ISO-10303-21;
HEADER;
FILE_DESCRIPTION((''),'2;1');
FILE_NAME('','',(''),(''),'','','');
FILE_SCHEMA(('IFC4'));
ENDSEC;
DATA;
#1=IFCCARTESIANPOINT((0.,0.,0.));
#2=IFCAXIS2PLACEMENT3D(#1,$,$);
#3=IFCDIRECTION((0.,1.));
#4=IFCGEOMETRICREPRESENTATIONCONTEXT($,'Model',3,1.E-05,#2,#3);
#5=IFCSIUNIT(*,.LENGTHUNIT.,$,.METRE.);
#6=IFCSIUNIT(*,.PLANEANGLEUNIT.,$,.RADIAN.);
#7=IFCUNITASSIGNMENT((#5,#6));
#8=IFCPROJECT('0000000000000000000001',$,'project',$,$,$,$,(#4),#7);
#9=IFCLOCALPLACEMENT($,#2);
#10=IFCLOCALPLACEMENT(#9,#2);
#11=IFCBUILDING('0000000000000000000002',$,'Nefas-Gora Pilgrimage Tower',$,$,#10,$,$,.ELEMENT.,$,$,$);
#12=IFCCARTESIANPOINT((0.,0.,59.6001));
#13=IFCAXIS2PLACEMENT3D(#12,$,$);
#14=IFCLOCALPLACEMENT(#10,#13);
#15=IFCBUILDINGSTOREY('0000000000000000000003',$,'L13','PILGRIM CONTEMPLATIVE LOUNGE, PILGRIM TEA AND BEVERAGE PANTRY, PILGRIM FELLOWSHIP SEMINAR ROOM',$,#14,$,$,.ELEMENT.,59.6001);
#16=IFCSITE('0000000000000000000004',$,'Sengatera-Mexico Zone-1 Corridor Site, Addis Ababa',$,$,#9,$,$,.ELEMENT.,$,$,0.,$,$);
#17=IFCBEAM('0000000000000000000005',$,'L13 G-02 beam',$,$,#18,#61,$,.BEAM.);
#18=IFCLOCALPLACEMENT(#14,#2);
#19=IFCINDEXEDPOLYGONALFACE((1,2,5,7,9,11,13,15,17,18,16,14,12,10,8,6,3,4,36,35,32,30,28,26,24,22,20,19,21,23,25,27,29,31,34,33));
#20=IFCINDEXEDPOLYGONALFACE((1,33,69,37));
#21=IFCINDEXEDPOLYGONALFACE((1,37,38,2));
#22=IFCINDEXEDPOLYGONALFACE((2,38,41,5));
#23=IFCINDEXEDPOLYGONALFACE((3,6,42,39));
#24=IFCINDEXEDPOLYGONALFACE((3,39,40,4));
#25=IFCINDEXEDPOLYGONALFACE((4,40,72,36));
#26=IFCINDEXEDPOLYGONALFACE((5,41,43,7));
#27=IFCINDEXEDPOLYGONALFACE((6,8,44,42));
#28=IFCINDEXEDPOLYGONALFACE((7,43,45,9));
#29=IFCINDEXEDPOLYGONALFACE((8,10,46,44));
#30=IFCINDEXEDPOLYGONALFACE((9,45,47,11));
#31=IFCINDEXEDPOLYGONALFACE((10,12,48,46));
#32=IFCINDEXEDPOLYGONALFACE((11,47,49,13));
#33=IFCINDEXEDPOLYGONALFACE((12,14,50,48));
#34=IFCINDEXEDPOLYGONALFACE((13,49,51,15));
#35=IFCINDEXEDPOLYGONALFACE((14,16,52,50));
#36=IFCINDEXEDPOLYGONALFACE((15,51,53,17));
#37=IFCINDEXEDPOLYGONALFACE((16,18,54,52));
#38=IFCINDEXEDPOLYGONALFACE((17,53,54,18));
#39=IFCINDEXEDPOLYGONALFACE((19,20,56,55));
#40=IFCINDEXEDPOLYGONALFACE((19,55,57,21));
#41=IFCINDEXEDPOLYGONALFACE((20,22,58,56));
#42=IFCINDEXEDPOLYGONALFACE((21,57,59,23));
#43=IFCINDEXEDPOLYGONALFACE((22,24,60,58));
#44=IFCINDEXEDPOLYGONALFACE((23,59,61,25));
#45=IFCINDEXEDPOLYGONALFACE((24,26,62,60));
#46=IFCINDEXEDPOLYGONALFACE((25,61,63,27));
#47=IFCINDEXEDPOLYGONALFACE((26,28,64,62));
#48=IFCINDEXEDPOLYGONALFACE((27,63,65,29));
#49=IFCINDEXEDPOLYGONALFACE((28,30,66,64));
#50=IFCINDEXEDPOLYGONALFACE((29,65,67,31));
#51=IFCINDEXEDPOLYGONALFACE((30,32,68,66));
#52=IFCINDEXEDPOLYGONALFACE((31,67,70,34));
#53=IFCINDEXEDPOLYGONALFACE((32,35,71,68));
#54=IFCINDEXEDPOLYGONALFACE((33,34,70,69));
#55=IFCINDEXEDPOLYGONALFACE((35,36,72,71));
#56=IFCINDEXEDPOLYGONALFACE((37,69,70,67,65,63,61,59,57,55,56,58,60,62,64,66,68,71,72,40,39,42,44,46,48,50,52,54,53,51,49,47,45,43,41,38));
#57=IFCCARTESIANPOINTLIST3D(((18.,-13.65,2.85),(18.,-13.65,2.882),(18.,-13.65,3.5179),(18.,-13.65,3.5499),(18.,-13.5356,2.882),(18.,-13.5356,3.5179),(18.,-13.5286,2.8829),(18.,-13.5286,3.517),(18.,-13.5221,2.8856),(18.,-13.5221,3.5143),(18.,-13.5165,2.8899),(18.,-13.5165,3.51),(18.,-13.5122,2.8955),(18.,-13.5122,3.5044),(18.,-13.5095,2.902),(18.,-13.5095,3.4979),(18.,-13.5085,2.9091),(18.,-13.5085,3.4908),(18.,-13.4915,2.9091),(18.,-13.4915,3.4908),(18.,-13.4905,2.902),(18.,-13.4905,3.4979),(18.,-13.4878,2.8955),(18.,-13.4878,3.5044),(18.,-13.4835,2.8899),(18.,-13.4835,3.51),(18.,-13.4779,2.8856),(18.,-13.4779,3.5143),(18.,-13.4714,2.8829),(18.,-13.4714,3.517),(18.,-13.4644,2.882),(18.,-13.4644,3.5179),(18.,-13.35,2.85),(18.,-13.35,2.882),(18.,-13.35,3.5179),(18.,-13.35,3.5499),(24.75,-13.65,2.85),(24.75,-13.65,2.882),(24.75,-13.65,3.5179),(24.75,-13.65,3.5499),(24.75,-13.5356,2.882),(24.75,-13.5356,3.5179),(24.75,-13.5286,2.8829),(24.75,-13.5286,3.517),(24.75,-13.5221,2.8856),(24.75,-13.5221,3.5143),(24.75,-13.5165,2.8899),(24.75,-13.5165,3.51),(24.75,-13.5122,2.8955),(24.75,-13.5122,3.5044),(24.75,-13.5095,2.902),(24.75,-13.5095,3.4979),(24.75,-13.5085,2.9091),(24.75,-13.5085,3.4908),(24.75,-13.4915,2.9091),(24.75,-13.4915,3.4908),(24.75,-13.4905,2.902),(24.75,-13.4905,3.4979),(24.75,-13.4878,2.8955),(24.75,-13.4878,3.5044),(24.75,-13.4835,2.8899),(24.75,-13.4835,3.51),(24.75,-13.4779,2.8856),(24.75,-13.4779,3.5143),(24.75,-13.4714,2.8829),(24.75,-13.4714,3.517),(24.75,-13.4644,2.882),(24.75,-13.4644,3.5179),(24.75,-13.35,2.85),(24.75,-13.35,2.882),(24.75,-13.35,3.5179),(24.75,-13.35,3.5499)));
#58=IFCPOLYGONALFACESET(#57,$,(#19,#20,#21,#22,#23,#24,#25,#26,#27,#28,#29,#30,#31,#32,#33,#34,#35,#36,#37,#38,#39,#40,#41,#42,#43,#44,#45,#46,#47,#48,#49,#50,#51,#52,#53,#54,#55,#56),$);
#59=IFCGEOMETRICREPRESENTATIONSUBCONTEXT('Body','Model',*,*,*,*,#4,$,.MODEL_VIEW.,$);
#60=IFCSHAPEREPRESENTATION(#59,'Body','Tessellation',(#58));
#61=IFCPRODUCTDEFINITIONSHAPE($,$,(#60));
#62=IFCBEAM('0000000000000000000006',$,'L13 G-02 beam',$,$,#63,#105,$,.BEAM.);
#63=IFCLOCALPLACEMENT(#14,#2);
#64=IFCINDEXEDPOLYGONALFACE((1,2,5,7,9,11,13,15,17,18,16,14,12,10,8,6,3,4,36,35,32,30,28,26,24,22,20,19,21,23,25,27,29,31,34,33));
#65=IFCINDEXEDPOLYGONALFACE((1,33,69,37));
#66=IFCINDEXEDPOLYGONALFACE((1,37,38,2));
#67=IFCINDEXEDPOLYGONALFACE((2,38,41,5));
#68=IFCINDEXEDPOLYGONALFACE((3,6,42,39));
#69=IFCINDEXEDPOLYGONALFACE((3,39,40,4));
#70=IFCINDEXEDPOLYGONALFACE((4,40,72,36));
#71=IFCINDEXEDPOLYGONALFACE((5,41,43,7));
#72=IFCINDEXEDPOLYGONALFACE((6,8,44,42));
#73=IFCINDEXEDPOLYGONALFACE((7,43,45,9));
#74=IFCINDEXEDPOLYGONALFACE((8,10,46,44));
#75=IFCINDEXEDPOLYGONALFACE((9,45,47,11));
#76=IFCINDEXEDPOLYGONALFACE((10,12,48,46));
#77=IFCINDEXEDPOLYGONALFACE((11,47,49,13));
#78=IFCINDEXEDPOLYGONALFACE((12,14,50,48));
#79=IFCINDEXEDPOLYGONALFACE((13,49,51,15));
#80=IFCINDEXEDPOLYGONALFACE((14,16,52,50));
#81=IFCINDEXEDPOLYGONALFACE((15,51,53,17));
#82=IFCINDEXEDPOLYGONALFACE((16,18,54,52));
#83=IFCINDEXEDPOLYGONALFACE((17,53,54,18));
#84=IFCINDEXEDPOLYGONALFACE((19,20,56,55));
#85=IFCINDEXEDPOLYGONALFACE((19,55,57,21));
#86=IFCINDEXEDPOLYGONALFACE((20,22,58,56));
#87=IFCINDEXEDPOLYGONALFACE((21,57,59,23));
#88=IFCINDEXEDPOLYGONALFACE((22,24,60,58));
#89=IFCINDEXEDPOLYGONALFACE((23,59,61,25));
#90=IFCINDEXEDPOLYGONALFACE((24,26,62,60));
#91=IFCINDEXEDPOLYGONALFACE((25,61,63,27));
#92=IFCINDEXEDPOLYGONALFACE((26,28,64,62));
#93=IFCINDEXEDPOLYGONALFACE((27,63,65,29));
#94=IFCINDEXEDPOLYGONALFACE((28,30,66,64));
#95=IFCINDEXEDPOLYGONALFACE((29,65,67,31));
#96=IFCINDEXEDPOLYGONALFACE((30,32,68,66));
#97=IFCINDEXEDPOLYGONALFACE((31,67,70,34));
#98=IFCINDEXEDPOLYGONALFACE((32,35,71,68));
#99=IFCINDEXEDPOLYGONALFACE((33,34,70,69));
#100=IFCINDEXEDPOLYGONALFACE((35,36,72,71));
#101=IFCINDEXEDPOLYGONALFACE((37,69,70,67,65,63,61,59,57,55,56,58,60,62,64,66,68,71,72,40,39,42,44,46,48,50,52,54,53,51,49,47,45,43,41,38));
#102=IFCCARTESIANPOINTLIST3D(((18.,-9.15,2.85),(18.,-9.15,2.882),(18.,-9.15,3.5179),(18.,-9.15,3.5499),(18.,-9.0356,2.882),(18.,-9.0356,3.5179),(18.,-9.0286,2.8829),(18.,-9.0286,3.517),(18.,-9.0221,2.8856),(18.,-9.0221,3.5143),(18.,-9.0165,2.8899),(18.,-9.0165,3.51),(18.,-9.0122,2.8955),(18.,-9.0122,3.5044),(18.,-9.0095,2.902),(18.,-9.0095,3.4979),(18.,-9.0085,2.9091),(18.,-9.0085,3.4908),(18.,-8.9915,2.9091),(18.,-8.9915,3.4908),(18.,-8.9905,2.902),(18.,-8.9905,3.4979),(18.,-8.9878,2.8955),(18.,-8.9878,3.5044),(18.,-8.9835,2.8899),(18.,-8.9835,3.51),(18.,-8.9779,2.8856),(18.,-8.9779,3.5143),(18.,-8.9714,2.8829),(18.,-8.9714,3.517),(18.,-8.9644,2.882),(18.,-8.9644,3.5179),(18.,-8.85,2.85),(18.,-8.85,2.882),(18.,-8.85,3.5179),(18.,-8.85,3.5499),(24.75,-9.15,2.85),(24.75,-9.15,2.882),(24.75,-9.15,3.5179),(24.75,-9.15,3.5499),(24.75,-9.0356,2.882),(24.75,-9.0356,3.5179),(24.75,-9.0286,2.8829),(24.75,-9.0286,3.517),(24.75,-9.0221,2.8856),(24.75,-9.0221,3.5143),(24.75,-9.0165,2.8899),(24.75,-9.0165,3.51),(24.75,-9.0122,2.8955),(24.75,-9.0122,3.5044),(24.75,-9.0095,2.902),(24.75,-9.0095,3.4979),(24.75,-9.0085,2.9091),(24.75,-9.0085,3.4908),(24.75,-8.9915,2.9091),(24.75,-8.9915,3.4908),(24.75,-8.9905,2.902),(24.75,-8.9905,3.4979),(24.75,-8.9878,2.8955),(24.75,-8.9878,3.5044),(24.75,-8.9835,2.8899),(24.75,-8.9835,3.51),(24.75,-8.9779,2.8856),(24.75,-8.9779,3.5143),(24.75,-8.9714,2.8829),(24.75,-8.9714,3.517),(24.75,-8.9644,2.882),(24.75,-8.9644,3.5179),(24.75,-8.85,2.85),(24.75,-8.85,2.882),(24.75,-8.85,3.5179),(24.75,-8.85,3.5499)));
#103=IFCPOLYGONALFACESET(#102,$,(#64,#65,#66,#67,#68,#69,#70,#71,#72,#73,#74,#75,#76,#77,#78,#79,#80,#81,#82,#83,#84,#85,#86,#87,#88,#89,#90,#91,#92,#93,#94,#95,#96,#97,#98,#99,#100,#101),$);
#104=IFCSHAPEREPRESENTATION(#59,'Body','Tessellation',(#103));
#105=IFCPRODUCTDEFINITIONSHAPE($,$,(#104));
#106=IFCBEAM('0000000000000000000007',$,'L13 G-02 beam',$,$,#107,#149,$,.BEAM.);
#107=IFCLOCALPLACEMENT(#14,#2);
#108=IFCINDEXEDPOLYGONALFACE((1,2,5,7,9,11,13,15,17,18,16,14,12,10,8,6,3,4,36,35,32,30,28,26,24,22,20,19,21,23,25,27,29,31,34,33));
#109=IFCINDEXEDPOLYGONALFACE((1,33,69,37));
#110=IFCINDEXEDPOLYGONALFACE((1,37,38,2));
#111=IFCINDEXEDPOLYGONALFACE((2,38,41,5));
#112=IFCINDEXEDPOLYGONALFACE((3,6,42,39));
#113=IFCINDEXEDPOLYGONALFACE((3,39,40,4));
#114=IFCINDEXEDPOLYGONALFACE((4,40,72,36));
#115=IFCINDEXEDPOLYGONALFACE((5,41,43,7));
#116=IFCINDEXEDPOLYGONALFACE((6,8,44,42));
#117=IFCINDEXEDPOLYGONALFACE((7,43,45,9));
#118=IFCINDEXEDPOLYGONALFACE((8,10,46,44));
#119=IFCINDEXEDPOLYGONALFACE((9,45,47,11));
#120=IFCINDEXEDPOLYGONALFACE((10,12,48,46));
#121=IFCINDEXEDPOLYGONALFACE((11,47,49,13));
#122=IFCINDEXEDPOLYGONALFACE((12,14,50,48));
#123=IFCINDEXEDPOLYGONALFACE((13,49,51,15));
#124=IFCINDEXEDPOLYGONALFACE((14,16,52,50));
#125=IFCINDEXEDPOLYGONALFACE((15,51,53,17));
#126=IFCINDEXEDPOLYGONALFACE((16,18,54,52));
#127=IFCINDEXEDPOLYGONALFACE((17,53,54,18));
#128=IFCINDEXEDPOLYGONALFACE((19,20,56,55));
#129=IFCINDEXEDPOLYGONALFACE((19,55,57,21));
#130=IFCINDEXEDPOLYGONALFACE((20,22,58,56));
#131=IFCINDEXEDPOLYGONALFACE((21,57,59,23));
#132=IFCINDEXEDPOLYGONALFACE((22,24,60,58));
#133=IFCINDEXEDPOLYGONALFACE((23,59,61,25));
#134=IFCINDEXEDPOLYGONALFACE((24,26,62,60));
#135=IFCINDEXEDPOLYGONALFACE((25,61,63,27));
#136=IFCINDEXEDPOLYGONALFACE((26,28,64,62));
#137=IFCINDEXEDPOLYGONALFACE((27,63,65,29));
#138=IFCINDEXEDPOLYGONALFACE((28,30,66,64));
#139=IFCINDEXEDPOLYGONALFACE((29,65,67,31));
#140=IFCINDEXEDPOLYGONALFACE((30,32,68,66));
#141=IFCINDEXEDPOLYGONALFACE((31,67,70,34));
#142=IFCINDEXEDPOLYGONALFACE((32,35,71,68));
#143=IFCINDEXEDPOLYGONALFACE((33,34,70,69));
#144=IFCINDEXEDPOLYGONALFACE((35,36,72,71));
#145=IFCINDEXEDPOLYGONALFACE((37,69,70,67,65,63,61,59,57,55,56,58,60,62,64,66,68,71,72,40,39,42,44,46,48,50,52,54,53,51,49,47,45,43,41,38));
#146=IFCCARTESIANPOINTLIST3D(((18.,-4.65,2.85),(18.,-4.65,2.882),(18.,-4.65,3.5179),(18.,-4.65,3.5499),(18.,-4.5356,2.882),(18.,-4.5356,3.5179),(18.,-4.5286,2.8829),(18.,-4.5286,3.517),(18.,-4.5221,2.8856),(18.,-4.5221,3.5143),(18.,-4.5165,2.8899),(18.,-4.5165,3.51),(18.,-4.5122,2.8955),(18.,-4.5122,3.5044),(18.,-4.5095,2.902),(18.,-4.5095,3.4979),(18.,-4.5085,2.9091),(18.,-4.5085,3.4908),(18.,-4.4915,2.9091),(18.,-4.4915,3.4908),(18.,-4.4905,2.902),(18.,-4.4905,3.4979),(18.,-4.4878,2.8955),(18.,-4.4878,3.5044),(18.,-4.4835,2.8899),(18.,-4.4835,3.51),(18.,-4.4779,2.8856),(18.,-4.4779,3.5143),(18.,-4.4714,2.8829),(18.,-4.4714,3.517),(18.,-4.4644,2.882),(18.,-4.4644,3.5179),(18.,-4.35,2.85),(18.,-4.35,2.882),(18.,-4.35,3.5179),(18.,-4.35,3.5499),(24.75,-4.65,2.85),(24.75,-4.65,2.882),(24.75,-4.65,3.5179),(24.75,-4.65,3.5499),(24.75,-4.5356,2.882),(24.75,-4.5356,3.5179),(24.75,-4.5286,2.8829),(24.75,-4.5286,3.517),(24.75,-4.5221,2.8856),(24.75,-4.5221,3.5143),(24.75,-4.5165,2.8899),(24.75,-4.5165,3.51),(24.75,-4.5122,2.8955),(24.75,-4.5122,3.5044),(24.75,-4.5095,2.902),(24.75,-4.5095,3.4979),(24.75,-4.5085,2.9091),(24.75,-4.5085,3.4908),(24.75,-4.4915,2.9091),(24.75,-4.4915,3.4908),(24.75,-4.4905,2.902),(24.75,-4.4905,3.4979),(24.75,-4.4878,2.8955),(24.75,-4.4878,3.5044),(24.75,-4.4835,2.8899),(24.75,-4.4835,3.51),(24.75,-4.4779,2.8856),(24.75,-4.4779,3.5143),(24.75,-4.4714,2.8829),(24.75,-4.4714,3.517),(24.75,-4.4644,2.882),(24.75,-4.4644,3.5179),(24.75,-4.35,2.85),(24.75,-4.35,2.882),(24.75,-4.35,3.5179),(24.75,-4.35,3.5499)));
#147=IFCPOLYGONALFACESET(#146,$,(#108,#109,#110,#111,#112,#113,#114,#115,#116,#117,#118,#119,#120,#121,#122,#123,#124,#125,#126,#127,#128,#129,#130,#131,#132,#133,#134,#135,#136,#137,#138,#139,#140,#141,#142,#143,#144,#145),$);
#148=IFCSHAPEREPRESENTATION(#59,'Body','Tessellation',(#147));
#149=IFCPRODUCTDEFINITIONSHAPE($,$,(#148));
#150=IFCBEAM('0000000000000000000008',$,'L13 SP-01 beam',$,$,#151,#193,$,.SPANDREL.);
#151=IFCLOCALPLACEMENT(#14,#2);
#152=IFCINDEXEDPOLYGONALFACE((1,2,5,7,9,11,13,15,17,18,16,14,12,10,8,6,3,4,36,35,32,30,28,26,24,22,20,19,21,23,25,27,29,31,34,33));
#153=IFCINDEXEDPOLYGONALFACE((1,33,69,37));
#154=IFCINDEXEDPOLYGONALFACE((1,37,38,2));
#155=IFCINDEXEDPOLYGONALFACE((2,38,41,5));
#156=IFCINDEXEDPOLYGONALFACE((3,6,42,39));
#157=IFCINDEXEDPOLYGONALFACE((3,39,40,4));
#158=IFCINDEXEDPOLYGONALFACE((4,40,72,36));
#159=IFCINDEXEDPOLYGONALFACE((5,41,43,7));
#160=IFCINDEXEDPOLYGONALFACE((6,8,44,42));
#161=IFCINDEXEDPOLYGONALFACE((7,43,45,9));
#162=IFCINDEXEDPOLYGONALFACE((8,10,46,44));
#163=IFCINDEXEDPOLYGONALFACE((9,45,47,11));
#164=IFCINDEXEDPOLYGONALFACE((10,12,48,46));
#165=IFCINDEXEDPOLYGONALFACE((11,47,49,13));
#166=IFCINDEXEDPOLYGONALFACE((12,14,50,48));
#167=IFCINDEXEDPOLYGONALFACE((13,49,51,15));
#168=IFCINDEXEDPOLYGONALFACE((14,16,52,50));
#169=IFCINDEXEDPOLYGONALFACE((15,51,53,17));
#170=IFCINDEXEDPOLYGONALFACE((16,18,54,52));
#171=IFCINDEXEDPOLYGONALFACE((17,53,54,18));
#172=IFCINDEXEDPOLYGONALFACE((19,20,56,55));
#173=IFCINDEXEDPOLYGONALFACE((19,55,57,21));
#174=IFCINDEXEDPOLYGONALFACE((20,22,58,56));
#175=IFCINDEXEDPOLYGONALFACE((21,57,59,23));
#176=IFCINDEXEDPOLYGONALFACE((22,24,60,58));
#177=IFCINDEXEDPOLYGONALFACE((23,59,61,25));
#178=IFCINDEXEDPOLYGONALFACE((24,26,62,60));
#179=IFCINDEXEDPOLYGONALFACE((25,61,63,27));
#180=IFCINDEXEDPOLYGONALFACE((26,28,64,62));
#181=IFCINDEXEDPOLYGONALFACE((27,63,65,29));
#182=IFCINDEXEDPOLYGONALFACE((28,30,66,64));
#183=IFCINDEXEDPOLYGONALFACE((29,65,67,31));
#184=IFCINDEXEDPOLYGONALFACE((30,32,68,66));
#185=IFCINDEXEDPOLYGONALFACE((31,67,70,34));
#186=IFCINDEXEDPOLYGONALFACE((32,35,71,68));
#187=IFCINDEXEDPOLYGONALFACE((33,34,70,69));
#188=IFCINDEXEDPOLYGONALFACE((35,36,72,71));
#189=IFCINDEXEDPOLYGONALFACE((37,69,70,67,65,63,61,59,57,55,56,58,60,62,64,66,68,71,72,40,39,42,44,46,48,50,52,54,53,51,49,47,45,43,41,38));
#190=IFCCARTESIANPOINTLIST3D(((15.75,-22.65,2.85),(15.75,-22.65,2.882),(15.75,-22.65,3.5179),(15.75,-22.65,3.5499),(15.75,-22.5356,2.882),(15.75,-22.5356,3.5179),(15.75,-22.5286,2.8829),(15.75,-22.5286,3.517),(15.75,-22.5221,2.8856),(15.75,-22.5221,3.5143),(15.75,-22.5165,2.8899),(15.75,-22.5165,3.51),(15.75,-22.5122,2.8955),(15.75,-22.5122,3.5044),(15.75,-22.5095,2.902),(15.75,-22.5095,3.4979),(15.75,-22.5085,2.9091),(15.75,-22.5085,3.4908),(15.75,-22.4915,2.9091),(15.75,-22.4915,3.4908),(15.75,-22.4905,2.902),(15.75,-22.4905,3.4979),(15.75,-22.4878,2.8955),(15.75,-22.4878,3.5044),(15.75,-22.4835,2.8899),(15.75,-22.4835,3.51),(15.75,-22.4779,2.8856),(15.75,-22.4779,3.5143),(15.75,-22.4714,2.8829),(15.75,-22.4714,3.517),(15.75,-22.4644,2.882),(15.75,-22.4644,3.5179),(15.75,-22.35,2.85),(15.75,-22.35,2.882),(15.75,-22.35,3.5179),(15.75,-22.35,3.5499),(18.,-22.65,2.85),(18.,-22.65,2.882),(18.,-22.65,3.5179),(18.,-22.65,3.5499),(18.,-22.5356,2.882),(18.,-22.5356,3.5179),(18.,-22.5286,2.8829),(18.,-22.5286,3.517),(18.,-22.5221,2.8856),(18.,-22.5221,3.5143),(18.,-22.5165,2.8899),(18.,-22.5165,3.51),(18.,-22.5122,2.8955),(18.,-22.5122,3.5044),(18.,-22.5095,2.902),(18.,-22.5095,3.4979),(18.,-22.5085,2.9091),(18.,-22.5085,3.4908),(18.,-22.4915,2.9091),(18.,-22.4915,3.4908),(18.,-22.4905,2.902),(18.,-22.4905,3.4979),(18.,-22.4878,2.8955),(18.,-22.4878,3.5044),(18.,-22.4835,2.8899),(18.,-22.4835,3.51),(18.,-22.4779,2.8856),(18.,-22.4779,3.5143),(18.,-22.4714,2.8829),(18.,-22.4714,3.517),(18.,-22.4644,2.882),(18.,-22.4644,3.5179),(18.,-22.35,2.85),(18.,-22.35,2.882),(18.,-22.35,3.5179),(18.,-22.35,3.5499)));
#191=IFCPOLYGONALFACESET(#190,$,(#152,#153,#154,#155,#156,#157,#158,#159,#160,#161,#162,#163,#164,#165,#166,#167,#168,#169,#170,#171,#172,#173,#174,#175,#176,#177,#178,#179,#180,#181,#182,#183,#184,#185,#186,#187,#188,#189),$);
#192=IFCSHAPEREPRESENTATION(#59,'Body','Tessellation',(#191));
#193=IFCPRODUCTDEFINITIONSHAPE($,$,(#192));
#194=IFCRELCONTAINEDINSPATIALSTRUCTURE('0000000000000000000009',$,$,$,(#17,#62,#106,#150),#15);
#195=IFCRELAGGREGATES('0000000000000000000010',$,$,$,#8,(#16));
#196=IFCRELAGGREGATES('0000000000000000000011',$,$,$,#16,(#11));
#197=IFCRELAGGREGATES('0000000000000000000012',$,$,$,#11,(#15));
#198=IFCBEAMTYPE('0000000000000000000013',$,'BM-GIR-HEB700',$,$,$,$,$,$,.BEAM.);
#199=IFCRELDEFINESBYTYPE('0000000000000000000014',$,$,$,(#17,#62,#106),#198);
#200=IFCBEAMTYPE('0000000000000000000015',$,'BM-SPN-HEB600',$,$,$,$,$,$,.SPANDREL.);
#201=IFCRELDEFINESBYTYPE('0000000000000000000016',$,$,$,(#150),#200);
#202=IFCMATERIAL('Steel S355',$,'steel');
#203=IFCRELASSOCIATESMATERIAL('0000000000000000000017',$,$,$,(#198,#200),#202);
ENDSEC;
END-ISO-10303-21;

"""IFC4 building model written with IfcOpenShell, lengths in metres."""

from ifc_helpers import new_model, si_unit, direction, frame, origin, origin_2d, place, context, subcontext, project, spatial, i_section, extrude, source, transform, mapped, material, material_profile, profile_set, type_object, element, save


model = new_model("IFC4")

# Units and contexts
model_context = context("Model", 3, precision=1e-05, world=origin(), true_north=direction((0.0, 1.0)))
body_context = subcontext(model_context, "Body", "Model", "MODEL_VIEW")
ifc_project = project(units=[si_unit("LENGTHUNIT", "METRE"), si_unit("PLANEANGLEUNIT", "RADIAN")], contexts=[model_context])

# Site, building, storey
site_placement = place(None, origin())
site = spatial("IfcSite", under=ifc_project, at=site_placement, Name="Sengatera-Mexico Zone-1 Corridor Site, Addis Ababa", CompositionType="ELEMENT", RefElevation=0.0)
building_placement = place(site_placement, origin())
building = spatial("IfcBuilding", under=site, at=building_placement, Name="Nefas-Gora Pilgrimage Tower", CompositionType="ELEMENT")
storey_placement = place(building_placement, frame((0.0, 0.0, 59.6001)))
storey = spatial("IfcBuildingStorey", under=building, at=storey_placement, Name="L13", Description="PILGRIM CONTEMPLATIVE LOUNGE, PILGRIM TEA AND BEVERAGE PANTRY, PILGRIM FELLOWSHIP SEMINAR ROOM", CompositionType="ELEMENT", Elevation=59.6001)

# Beams
ifc_material_1 = material(Name="Steel S355", Category="steel")
ifc_material_profile_1 = material_profile(ifc_material_1, i_section(OverallWidth=0.3, OverallDepth=0.7, WebThickness=0.0171, FlangeThickness=0.032, FilletRadius=0.0271, at=origin_2d()), Name="HEB 700")
ifc_profile_set_1 = profile_set([ifc_material_profile_1], Name="Steel S355")
beam_type_1 = type_object("IfcBeamType", Name="BM-GIR-HEB700", PredefinedType="BEAM", material=ifc_profile_set_1)
shared_shape_1 = source(origin(), body_context, "Body", "SweptSolid", [
    extrude(i_section(OverallWidth=0.3, OverallDepth=0.7, WebThickness=0.0171, FlangeThickness=0.032, FilletRadius=0.0271, at=origin_2d()), origin(), (0.0, 0.0, 1.0), 6.75),
])
for number, where, z_axis, x_axis, name in (
    (1, (18.0, -13.5, 3.2), (1.0, 0.0, 0.0), (0.0, 1.0, 0.0), "L13 G-02 beam"),
    (2, (18.0, -9.0, 3.2), (1.0, 0.0, 0.0), (0.0, 1.0, 0.0), "L13 G-02 beam"),
    (3, (18.0, -4.5, 3.2), (1.0, 0.0, 0.0), (0.0, 1.0, 0.0), "L13 G-02 beam"),
):
    element("IfcBeam", number, at=place(storey_placement, frame(where, z_axis=z_axis, x_axis=x_axis)), inside=storey, type_object=beam_type_1, Name=name, PredefinedType="BEAM", context=body_context, shape_type="MappedRepresentation", body=[
        mapped(shared_shape_1, transform((0.0, 0.0, 0.0), x_axis=(1.0, 0.0, 0.0), y_axis=(0.0, 1.0, 0.0), z_axis=(0.0, 0.0, 1.0), scale=1.0)),
    ])
ifc_material_profile_2 = material_profile(ifc_material_1, i_section(OverallWidth=0.3, OverallDepth=0.7, WebThickness=0.0171, FlangeThickness=0.032, FilletRadius=0.0271, at=origin_2d()), Name="HEB 700")
ifc_profile_set_2 = profile_set([ifc_material_profile_2], Name="Steel S355")
beam_type_2 = type_object("IfcBeamType", Name="BM-SPN-HEB600", PredefinedType="SPANDREL", material=ifc_profile_set_2)
shared_shape_2 = source(origin(), body_context, "Body", "SweptSolid", [
    extrude(i_section(OverallWidth=0.3, OverallDepth=0.7, WebThickness=0.0171, FlangeThickness=0.032, FilletRadius=0.0271, at=origin_2d()), origin(), (0.0, 0.0, 1.0), 2.25),
])
for number, where, z_axis, x_axis, name in (
    (4, (15.75, -22.5, 3.2), (1.0, 0.0, 0.0), (0.0, 1.0, 0.0), "L13 SP-01 beam"),
):
    element("IfcBeam", number, at=place(storey_placement, frame(where, z_axis=z_axis, x_axis=x_axis)), inside=storey, type_object=beam_type_2, Name=name, PredefinedType="SPANDREL", context=body_context, shape_type="MappedRepresentation", body=[
        mapped(shared_shape_2, transform((0.0, 0.0, 0.0), x_axis=(1.0, 0.0, 0.0), y_axis=(0.0, 1.0, 0.0), z_axis=(0.0, 0.0, 1.0), scale=1.0)),
    ])

save(model, "model.ifc")
